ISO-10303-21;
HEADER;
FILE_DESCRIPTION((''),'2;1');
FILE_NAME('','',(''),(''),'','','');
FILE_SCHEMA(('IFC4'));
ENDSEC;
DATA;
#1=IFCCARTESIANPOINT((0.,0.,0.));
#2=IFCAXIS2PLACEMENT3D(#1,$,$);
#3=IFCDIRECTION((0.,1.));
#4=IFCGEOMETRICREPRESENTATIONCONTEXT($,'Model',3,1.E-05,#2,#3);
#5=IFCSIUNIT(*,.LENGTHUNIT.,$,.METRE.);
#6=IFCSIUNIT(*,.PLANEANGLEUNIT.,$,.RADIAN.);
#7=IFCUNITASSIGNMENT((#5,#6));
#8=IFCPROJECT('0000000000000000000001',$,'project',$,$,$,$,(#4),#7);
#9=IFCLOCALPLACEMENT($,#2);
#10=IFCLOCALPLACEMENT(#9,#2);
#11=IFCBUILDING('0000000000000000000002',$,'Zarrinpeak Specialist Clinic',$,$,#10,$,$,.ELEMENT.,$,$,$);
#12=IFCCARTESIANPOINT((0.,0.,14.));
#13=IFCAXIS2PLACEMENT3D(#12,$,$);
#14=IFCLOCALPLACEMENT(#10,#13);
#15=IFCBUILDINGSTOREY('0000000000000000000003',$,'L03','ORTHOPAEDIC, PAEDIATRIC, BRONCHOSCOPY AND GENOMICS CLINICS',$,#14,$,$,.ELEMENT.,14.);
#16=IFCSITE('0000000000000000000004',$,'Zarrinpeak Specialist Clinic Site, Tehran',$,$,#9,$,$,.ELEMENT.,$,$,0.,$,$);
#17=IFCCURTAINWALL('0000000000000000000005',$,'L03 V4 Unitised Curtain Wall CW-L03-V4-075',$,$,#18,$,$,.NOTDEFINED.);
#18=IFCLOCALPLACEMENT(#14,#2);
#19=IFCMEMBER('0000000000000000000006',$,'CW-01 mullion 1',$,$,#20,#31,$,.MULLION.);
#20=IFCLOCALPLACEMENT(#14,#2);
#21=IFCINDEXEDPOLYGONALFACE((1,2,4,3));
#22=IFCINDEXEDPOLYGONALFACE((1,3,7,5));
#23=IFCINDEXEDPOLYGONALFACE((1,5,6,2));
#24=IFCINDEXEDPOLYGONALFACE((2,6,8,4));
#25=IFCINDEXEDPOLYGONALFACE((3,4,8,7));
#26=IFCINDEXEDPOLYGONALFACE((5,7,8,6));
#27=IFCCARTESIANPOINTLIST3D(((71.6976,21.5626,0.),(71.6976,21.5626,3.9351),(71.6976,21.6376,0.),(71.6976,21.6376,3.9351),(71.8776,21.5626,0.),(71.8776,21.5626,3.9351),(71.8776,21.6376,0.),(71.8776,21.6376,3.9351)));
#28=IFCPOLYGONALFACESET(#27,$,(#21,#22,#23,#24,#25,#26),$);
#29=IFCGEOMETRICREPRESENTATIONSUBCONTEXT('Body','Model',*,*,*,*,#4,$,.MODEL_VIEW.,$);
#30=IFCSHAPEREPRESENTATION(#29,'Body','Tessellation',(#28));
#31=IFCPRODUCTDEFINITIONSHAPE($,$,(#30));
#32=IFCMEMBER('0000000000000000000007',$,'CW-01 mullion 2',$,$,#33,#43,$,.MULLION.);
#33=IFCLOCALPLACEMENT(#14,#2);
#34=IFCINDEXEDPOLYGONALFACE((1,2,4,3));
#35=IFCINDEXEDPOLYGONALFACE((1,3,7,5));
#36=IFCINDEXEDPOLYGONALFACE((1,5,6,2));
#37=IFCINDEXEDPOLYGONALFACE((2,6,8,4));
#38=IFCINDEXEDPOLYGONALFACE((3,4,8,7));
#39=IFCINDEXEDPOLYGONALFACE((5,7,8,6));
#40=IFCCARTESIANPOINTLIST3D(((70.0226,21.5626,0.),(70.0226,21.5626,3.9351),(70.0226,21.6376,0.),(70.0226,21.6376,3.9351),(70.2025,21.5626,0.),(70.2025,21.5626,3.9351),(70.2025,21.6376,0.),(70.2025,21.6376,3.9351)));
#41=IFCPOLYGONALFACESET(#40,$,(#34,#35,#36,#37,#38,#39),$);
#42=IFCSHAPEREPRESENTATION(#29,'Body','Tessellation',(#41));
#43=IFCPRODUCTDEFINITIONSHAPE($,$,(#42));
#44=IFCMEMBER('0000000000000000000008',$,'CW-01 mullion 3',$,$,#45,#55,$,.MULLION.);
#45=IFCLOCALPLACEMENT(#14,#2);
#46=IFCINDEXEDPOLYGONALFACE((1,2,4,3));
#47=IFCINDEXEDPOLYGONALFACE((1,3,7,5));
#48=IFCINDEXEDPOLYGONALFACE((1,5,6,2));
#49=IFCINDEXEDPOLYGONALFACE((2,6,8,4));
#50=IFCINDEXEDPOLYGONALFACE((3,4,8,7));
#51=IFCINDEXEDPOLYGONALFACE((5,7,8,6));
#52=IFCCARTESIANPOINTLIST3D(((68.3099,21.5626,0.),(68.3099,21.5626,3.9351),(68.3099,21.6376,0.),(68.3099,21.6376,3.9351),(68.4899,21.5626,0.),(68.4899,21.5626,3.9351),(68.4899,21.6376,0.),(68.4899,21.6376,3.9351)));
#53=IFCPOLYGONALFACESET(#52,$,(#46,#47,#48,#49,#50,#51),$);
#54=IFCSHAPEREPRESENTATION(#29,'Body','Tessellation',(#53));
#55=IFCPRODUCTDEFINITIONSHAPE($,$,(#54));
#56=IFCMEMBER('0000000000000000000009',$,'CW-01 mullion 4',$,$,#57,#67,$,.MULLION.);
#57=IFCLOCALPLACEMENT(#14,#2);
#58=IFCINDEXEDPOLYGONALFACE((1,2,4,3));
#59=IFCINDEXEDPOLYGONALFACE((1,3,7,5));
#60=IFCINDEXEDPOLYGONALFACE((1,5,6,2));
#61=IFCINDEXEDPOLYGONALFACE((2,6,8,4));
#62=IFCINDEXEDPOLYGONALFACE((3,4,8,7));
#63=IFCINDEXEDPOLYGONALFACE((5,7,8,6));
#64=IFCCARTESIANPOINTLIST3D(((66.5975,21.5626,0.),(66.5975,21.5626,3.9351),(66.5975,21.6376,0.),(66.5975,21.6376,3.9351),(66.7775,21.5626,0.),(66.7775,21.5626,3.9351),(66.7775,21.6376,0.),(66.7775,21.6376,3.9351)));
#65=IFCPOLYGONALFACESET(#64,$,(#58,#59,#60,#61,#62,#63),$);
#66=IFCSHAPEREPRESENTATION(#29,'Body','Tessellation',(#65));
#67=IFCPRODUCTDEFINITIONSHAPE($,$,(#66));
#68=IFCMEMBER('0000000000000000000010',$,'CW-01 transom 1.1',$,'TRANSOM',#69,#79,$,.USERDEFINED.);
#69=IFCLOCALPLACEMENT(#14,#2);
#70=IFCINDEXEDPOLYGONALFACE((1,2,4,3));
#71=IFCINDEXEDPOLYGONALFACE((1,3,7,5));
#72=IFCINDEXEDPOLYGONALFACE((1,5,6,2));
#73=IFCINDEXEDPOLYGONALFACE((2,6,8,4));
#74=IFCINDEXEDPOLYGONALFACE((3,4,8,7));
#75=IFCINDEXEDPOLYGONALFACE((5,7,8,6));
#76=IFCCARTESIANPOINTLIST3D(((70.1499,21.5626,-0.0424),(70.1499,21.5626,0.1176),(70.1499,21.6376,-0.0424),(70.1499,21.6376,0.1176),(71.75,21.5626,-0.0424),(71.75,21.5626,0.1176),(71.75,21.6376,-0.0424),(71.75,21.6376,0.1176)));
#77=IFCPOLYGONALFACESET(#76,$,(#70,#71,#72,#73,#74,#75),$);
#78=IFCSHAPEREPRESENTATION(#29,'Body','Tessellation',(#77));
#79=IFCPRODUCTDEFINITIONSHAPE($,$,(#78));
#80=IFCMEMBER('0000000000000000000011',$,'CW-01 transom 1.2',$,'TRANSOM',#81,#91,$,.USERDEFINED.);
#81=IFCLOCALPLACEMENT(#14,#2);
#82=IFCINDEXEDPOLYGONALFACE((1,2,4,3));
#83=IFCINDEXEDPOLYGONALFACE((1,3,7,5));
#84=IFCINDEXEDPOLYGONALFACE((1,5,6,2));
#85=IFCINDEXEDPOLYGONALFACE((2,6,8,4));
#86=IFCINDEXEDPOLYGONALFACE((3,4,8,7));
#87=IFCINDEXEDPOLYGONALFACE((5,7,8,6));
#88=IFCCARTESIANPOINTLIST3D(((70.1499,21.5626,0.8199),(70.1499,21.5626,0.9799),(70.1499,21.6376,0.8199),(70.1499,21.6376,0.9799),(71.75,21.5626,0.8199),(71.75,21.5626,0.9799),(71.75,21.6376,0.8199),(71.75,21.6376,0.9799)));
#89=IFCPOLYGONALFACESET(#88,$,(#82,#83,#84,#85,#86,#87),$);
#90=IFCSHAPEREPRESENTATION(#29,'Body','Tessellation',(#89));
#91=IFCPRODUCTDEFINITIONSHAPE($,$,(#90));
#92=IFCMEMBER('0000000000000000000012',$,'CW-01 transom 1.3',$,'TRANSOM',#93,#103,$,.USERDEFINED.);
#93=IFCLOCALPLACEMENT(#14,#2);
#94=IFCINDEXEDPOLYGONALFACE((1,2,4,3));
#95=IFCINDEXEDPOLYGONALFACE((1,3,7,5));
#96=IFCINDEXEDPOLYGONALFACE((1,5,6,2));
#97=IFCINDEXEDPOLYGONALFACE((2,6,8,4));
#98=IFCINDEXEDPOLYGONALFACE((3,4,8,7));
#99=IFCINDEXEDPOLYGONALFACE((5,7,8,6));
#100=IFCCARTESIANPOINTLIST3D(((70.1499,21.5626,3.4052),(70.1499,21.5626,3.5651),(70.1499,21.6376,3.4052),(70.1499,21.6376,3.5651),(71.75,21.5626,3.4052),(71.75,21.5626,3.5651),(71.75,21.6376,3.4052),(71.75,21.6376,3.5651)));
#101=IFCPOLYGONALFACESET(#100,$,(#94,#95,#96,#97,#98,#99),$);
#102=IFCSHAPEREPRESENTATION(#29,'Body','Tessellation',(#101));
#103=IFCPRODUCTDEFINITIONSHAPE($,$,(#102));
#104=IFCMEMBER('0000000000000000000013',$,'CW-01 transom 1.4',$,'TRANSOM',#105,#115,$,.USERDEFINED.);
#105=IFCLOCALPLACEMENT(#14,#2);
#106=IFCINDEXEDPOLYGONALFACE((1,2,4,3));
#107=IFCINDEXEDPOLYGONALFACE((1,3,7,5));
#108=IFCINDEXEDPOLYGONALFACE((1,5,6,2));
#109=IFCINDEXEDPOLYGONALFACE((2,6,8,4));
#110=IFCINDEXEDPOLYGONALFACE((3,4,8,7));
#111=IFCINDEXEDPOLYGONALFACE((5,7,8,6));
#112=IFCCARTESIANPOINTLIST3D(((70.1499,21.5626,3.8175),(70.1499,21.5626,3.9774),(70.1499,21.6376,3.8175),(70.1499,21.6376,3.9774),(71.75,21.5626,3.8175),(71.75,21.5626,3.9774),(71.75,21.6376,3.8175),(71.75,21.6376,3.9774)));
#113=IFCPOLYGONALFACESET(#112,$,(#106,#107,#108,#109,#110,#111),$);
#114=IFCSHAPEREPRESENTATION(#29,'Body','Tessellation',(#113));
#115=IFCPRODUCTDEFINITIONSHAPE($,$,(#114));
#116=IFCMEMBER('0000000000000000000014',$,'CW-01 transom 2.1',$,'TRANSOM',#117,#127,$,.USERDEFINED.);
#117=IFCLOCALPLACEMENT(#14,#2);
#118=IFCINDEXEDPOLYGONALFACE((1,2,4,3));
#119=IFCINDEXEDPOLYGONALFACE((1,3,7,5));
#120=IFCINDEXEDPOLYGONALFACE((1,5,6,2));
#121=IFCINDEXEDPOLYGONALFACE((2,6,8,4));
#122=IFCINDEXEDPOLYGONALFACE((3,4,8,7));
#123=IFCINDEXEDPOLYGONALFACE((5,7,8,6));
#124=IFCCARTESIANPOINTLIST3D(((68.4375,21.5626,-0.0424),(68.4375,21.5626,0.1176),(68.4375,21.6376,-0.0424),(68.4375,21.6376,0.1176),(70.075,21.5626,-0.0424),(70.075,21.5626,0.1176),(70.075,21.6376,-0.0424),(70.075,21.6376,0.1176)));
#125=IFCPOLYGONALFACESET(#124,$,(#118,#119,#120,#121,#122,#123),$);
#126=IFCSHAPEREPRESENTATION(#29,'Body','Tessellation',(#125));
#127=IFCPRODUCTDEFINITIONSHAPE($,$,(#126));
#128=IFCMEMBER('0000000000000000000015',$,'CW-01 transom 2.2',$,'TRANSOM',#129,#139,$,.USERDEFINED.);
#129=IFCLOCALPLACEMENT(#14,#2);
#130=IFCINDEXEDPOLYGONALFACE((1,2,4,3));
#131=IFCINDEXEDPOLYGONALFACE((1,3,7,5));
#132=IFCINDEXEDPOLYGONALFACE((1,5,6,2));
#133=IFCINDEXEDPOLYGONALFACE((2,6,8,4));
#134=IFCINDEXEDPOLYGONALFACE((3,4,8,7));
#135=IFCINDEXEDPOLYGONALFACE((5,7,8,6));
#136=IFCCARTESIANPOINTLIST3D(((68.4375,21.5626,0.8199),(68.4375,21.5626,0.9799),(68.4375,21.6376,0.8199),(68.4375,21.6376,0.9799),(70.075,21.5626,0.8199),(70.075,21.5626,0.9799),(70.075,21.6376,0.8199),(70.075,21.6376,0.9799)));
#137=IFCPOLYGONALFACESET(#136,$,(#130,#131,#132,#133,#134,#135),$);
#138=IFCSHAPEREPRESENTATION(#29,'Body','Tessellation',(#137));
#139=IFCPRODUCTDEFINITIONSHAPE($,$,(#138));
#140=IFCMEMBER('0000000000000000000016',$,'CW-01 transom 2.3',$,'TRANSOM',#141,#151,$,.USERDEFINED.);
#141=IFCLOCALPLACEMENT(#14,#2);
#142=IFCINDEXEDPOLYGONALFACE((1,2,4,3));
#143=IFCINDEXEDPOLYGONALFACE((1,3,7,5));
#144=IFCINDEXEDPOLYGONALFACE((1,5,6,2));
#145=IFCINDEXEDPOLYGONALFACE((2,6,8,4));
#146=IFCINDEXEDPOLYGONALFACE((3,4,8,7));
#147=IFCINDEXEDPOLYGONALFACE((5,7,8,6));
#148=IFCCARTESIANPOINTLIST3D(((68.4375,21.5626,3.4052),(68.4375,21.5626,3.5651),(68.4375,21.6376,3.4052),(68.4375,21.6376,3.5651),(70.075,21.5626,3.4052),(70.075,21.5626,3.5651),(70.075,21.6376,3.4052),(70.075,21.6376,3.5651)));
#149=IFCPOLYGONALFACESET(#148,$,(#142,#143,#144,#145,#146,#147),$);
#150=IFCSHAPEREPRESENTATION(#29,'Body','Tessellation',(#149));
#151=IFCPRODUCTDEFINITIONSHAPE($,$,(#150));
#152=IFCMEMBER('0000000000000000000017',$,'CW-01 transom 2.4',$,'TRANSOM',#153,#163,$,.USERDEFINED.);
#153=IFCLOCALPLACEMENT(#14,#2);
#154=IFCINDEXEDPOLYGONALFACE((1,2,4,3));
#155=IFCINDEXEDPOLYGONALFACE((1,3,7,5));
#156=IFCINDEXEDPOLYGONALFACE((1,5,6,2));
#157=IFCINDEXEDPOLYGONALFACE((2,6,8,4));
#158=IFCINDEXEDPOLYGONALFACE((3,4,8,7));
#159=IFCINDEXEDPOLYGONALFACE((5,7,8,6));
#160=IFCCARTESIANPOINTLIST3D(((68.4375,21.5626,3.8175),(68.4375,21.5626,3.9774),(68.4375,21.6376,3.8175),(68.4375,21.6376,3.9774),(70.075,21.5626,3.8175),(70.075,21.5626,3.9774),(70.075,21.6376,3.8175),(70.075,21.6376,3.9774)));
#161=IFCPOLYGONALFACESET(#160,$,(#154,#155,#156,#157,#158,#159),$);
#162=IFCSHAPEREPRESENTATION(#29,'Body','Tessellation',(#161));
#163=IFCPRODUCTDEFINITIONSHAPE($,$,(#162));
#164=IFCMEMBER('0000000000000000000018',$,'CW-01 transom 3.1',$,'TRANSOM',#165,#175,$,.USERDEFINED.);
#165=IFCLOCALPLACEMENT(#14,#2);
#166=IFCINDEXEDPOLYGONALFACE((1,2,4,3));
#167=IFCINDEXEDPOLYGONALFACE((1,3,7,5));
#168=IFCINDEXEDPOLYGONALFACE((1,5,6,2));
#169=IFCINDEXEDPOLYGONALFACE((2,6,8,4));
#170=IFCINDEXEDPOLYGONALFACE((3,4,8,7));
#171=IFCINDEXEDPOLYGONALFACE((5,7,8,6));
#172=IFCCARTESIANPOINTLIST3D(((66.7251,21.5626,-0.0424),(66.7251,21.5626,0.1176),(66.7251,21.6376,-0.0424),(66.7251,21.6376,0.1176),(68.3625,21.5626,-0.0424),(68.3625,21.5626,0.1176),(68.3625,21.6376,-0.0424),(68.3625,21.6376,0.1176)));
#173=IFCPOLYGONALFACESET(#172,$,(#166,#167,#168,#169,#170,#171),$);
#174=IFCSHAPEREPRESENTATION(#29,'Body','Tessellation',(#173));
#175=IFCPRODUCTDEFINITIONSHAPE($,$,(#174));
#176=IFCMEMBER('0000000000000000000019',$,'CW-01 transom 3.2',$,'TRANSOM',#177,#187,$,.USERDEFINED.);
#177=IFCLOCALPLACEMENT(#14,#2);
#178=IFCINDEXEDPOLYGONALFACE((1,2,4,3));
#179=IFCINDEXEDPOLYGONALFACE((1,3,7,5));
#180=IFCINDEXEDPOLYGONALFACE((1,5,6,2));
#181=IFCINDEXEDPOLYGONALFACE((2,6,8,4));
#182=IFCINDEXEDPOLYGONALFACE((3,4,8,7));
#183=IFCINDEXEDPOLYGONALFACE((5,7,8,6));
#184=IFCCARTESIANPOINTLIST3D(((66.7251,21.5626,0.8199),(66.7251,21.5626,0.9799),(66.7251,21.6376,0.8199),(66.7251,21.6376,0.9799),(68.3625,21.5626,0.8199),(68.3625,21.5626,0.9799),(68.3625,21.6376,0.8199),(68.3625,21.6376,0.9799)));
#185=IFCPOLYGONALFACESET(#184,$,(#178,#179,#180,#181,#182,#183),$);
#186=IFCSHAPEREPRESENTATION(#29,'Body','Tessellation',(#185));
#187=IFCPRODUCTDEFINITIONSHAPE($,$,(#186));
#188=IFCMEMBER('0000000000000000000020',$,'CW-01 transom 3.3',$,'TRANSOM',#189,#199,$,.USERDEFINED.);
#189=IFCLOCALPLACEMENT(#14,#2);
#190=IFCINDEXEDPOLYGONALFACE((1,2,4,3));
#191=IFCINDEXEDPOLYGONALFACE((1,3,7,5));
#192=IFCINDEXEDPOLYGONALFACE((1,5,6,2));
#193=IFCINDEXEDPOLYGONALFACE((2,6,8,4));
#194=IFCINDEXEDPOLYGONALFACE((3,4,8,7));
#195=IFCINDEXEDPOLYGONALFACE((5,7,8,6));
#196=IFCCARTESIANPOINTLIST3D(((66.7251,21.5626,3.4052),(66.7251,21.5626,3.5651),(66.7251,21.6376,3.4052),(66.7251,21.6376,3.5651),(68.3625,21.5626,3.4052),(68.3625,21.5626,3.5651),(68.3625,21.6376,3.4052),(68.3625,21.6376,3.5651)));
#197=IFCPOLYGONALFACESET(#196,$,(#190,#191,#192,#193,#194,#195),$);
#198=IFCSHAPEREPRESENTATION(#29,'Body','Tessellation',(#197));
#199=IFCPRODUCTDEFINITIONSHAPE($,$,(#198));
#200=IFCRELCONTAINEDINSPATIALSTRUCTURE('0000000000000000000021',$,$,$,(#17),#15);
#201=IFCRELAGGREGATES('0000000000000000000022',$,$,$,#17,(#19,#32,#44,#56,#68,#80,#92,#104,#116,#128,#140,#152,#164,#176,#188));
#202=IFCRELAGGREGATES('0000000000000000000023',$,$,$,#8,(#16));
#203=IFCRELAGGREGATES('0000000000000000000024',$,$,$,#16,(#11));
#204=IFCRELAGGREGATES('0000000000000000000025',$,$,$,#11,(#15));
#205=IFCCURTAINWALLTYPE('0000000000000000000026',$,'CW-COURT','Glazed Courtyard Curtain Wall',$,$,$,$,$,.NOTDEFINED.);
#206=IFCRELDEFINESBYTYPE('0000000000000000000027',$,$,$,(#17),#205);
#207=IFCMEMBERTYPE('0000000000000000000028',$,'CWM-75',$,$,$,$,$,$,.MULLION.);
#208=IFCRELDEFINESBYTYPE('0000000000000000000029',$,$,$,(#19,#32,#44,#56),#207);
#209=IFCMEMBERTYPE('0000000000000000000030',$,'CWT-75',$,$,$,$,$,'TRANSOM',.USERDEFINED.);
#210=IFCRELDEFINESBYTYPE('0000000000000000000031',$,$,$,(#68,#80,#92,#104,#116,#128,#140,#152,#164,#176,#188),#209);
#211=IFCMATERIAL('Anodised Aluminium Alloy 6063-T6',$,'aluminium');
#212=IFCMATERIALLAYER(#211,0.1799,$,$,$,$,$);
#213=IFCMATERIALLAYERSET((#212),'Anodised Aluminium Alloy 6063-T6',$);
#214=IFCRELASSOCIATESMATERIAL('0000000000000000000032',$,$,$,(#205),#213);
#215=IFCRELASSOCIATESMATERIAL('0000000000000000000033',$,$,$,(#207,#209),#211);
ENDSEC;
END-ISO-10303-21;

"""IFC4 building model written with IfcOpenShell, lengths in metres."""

from ifc_helpers import new_model, si_unit, direction, frame, origin, origin_2d, place, context, subcontext, project, spatial, rectangle, extrude, material, layer, layer_set, material_profile, profile_set, type_object, element, aggregate, save


model = new_model("IFC4")

# Units and contexts
model_context = context("Model", 3, precision=1e-05, world=origin(), true_north=direction((0.0, 1.0)))
body_context = subcontext(model_context, "Body", "Model", "MODEL_VIEW")
ifc_project = project(units=[si_unit("LENGTHUNIT", "METRE"), si_unit("PLANEANGLEUNIT", "RADIAN")], contexts=[model_context])

# Site, building, storey
site_placement = place(None, origin())
site = spatial("IfcSite", under=ifc_project, at=site_placement, Name="Zarrinpeak Specialist Clinic Site, Tehran", CompositionType="ELEMENT", RefElevation=0.0)
building_placement = place(site_placement, origin())
building = spatial("IfcBuilding", under=site, at=building_placement, Name="Zarrinpeak Specialist Clinic", CompositionType="ELEMENT")
storey_placement = place(building_placement, frame((0.0, 0.0, 14.0)))
storey = spatial("IfcBuildingStorey", under=building, at=storey_placement, Name="L03", Description="ORTHOPAEDIC, PAEDIATRIC, BRONCHOSCOPY AND GENOMICS CLINICS", CompositionType="ELEMENT", Elevation=14.0)

# Curtain wall, members
ifc_material_1 = material(Name="Anodised Aluminium Alloy 6063-T6", Category="aluminium")
ifc_layer_1 = layer(ifc_material_1, 0.1799)
ifc_layer_set_1 = layer_set([ifc_layer_1], Name="Anodised Aluminium Alloy 6063-T6")
curtain_wall_type = type_object("IfcCurtainWallType", Name="CW-COURT", Description="Glazed Courtyard Curtain Wall", PredefinedType="NOTDEFINED", material=ifc_layer_set_1)
curtain_wall_placement = place(storey_placement, origin())
curtain_wall = element("IfcCurtainWall", 1, at=curtain_wall_placement, inside=storey, type_object=curtain_wall_type, Name="L03 V4 Unitised Curtain Wall CW-L03-V4-075", PredefinedType="NOTDEFINED")
ifc_material_profile_1 = material_profile(ifc_material_1, rectangle(XDim=0.075, YDim=0.1799, at=origin_2d()), Name="ALU 75x180")
ifc_profile_set_1 = profile_set([ifc_material_profile_1], Name="Anodised Aluminium Alloy 6063-T6")
member_type_1 = type_object("IfcMemberType", Name="CWM-75", PredefinedType="MULLION", material=ifc_profile_set_1)
member_1_placement = place(storey_placement, frame((71.7876, 21.6001, 0.0), z_axis=(0.0, 0.0, 1.0), x_axis=(0.0, -1.0, 0.0)))
member_1 = element("IfcMember", 2, at=member_1_placement, type_object=member_type_1, Name="CW-01 mullion 1", PredefinedType="MULLION", context=body_context, shape_type="SweptSolid", body=[
    extrude(rectangle(XDim=0.075, YDim=0.1799, at=origin_2d()), origin(), (0.0, 0.0, 1.0), 3.9351),
])
member_2_placement = place(storey_placement, frame((70.1125, 21.6001, 0.0), z_axis=(0.0, 0.0, 1.0), x_axis=(0.0, -1.0, 0.0)))
member_2 = element("IfcMember", 3, at=member_2_placement, type_object=member_type_1, Name="CW-01 mullion 2", PredefinedType="MULLION", context=body_context, shape_type="SweptSolid", body=[
    extrude(rectangle(XDim=0.075, YDim=0.1799, at=origin_2d()), origin(), (0.0, 0.0, 1.0), 3.9351),
])
member_3_placement = place(storey_placement, frame((68.3999, 21.6001, 0.0), z_axis=(0.0, 0.0, 1.0), x_axis=(0.0, -1.0, 0.0)))
member_3 = element("IfcMember", 4, at=member_3_placement, type_object=member_type_1, Name="CW-01 mullion 3", PredefinedType="MULLION", context=body_context, shape_type="SweptSolid", body=[
    extrude(rectangle(XDim=0.075, YDim=0.1799, at=origin_2d()), origin(), (0.0, 0.0, 1.0), 3.9351),
])
member_4_placement = place(storey_placement, frame((66.6875, 21.6001, 0.0), z_axis=(0.0, 0.0, 1.0), x_axis=(0.0, -1.0, 0.0)))
member_4 = element("IfcMember", 5, at=member_4_placement, type_object=member_type_1, Name="CW-01 mullion 4", PredefinedType="MULLION", context=body_context, shape_type="SweptSolid", body=[
    extrude(rectangle(XDim=0.075, YDim=0.1799, at=origin_2d()), origin(), (0.0, 0.0, 1.0), 3.9351),
])
ifc_material_profile_2 = material_profile(ifc_material_1, rectangle(XDim=0.075, YDim=0.1599, at=origin_2d()), Name="ALU 75x160")
ifc_profile_set_2 = profile_set([ifc_material_profile_2], Name="Anodised Aluminium Alloy 6063-T6")
member_type_2 = type_object("IfcMemberType", Name="CWT-75", ElementType="TRANSOM", PredefinedType="USERDEFINED", material=ifc_profile_set_2)
member_5_placement = place(storey_placement, frame((71.75, 21.6001, 0.0376), z_axis=(-1.0, 0.0, 0.0), x_axis=(0.0, -1.0, 0.0)))
member_5 = element("IfcMember", 6, at=member_5_placement, type_object=member_type_2, Name="CW-01 transom 1.1", ObjectType="TRANSOM", PredefinedType="USERDEFINED", context=body_context, shape_type="SweptSolid", body=[
    extrude(rectangle(XDim=0.075, YDim=0.1599, at=origin_2d()), origin(), (0.0, 0.0, 1.0), 1.6001),
])
member_6_placement = place(storey_placement, frame((71.75, 21.6001, 0.8999), z_axis=(-1.0, 0.0, 0.0), x_axis=(0.0, -1.0, 0.0)))
member_6 = element("IfcMember", 7, at=member_6_placement, type_object=member_type_2, Name="CW-01 transom 1.2", ObjectType="TRANSOM", PredefinedType="USERDEFINED", context=body_context, shape_type="SweptSolid", body=[
    extrude(rectangle(XDim=0.075, YDim=0.1599, at=origin_2d()), origin(), (0.0, 0.0, 1.0), 1.6001),
])
member_7_placement = place(storey_placement, frame((71.75, 21.6001, 3.4851), z_axis=(-1.0, 0.0, 0.0), x_axis=(0.0, -1.0, 0.0)))
member_7 = element("IfcMember", 8, at=member_7_placement, type_object=member_type_2, Name="CW-01 transom 1.3", ObjectType="TRANSOM", PredefinedType="USERDEFINED", context=body_context, shape_type="SweptSolid", body=[
    extrude(rectangle(XDim=0.075, YDim=0.1599, at=origin_2d()), origin(), (0.0, 0.0, 1.0), 1.6001),
])
member_8_placement = place(storey_placement, frame((71.75, 21.6001, 3.8975), z_axis=(-1.0, 0.0, 0.0), x_axis=(0.0, -1.0, 0.0)))
member_8 = element("IfcMember", 9, at=member_8_placement, type_object=member_type_2, Name="CW-01 transom 1.4", ObjectType="TRANSOM", PredefinedType="USERDEFINED", context=body_context, shape_type="SweptSolid", body=[
    extrude(rectangle(XDim=0.075, YDim=0.1599, at=origin_2d()), origin(), (0.0, 0.0, 1.0), 1.6001),
])
member_9_placement = place(storey_placement, frame((70.075, 21.6001, 0.0376), z_axis=(-1.0, 0.0, 0.0), x_axis=(0.0, -1.0, 0.0)))
member_9 = element("IfcMember", 10, at=member_9_placement, type_object=member_type_2, Name="CW-01 transom 2.1", ObjectType="TRANSOM", PredefinedType="USERDEFINED", context=body_context, shape_type="SweptSolid", body=[
    extrude(rectangle(XDim=0.075, YDim=0.1599, at=origin_2d()), origin(), (0.0, 0.0, 1.0), 1.6375),
])
member_10_placement = place(storey_placement, frame((70.075, 21.6001, 0.8999), z_axis=(-1.0, 0.0, 0.0), x_axis=(0.0, -1.0, 0.0)))
member_10 = element("IfcMember", 11, at=member_10_placement, type_object=member_type_2, Name="CW-01 transom 2.2", ObjectType="TRANSOM", PredefinedType="USERDEFINED", context=body_context, shape_type="SweptSolid", body=[
    extrude(rectangle(XDim=0.075, YDim=0.1599, at=origin_2d()), origin(), (0.0, 0.0, 1.0), 1.6375),
])
member_11_placement = place(storey_placement, frame((70.075, 21.6001, 3.4851), z_axis=(-1.0, 0.0, 0.0), x_axis=(0.0, -1.0, 0.0)))
member_11 = element("IfcMember", 12, at=member_11_placement, type_object=member_type_2, Name="CW-01 transom 2.3", ObjectType="TRANSOM", PredefinedType="USERDEFINED", context=body_context, shape_type="SweptSolid", body=[
    extrude(rectangle(XDim=0.075, YDim=0.1599, at=origin_2d()), origin(), (0.0, 0.0, 1.0), 1.6375),
])
member_12_placement = place(storey_placement, frame((70.075, 21.6001, 3.8975), z_axis=(-1.0, 0.0, 0.0), x_axis=(0.0, -1.0, 0.0)))
member_12 = element("IfcMember", 13, at=member_12_placement, type_object=member_type_2, Name="CW-01 transom 2.4", ObjectType="TRANSOM", PredefinedType="USERDEFINED", context=body_context, shape_type="SweptSolid", body=[
    extrude(rectangle(XDim=0.075, YDim=0.1599, at=origin_2d()), origin(), (0.0, 0.0, 1.0), 1.6375),
])
member_13_placement = place(storey_placement, frame((68.3625, 21.6001, 0.0376), z_axis=(-1.0, 0.0, 0.0), x_axis=(0.0, -1.0, 0.0)))
member_13 = element("IfcMember", 14, at=member_13_placement, type_object=member_type_2, Name="CW-01 transom 3.1", ObjectType="TRANSOM", PredefinedType="USERDEFINED", context=body_context, shape_type="SweptSolid", body=[
    extrude(rectangle(XDim=0.075, YDim=0.1599, at=origin_2d()), origin(), (0.0, 0.0, 1.0), 1.6375),
])
member_14_placement = place(storey_placement, frame((68.3625, 21.6001, 0.8999), z_axis=(-1.0, 0.0, 0.0), x_axis=(0.0, -1.0, 0.0)))
member_14 = element("IfcMember", 15, at=member_14_placement, type_object=member_type_2, Name="CW-01 transom 3.2", ObjectType="TRANSOM", PredefinedType="USERDEFINED", context=body_context, shape_type="SweptSolid", body=[
    extrude(rectangle(XDim=0.075, YDim=0.1599, at=origin_2d()), origin(), (0.0, 0.0, 1.0), 1.6375),
])
member_15_placement = place(storey_placement, frame((68.3625, 21.6001, 3.4851), z_axis=(-1.0, 0.0, 0.0), x_axis=(0.0, -1.0, 0.0)))
member_15 = element("IfcMember", 16, at=member_15_placement, type_object=member_type_2, Name="CW-01 transom 3.3", ObjectType="TRANSOM", PredefinedType="USERDEFINED", context=body_context, shape_type="SweptSolid", body=[
    extrude(rectangle(XDim=0.075, YDim=0.1599, at=origin_2d()), origin(), (0.0, 0.0, 1.0), 1.6375),
])
aggregate(curtain_wall, [member_1, member_2, member_3, member_4, member_5, member_6, member_7, member_8, member_9, member_10, member_11, member_12, member_13, member_14, member_15])

save(model, "model.ifc")
